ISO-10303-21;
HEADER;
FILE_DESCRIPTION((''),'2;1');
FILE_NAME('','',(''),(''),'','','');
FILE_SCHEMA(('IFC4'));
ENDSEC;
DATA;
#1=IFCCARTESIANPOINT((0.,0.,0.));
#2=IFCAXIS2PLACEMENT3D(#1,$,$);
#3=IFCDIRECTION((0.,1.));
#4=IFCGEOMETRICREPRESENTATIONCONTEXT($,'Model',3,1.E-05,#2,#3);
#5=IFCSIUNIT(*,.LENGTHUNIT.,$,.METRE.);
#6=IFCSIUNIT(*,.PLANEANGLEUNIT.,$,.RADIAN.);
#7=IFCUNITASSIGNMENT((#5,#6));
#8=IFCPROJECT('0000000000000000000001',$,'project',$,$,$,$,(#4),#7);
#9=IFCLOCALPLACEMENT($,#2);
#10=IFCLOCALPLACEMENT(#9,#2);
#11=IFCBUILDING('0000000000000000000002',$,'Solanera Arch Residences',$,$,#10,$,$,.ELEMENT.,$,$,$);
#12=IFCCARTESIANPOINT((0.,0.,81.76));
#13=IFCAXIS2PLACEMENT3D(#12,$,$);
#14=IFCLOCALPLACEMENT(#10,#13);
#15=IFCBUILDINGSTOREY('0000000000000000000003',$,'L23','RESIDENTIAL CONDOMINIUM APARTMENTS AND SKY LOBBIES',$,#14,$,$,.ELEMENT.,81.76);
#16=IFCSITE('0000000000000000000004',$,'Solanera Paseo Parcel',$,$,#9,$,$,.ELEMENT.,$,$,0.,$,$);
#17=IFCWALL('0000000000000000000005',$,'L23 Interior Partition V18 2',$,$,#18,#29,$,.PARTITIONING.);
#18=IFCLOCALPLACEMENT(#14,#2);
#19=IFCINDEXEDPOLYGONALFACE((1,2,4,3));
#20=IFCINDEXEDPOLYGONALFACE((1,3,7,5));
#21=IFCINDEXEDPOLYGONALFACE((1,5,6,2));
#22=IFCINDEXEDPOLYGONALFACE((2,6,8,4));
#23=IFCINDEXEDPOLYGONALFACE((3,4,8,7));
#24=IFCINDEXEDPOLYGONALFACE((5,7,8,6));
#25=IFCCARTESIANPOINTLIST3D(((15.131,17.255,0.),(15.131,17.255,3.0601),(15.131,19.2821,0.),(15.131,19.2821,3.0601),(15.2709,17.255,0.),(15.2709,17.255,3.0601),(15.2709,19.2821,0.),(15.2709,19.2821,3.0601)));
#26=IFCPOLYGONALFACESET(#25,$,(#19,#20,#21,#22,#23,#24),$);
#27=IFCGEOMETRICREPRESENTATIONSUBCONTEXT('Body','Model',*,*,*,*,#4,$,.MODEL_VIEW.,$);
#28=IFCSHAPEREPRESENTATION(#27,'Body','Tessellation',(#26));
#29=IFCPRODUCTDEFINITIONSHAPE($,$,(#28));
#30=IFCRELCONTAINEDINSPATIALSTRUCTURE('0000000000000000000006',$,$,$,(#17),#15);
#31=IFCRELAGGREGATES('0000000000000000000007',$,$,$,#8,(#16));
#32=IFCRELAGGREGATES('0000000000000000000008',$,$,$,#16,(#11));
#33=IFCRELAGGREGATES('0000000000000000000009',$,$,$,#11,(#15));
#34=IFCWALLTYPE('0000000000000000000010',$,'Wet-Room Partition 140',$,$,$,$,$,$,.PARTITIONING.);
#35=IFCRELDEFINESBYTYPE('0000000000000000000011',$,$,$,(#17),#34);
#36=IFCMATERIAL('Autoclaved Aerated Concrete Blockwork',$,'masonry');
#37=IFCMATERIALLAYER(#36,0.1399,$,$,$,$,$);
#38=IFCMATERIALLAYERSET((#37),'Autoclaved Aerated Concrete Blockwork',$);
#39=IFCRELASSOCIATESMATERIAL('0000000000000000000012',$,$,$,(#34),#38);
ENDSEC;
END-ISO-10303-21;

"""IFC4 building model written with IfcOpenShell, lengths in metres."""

from ifc_helpers import new_model, si_unit, direction, frame, frame_2d, origin, place, context, subcontext, project, spatial, rectangle, extrude, material, layer, layer_set, type_object, element, save


model = new_model("IFC4")

# Units and contexts
model_context = context("Model", 3, precision=1e-05, world=origin(), true_north=direction((0.0, 1.0)))
body_context = subcontext(model_context, "Body", "Model", "MODEL_VIEW")
ifc_project = project(units=[si_unit("LENGTHUNIT", "METRE"), si_unit("PLANEANGLEUNIT", "RADIAN")], contexts=[model_context])

# Site, building, storey
site_placement = place(None, origin())
site = spatial("IfcSite", under=ifc_project, at=site_placement, Name="Solanera Paseo Parcel", CompositionType="ELEMENT", RefElevation=0.0)
building_placement = place(site_placement, origin())
building = spatial("IfcBuilding", under=site, at=building_placement, Name="Solanera Arch Residences", CompositionType="ELEMENT")
storey_placement = place(building_placement, frame((0.0, 0.0, 81.76)))
storey = spatial("IfcBuildingStorey", under=building, at=storey_placement, Name="L23", Description="RESIDENTIAL CONDOMINIUM APARTMENTS AND SKY LOBBIES", CompositionType="ELEMENT", Elevation=81.76)

# Wall
ifc_material_1 = material(Name="Autoclaved Aerated Concrete Blockwork", Category="masonry")
ifc_layer_1 = layer(ifc_material_1, 0.1399)
ifc_layer_set_1 = layer_set([ifc_layer_1], Name="Autoclaved Aerated Concrete Blockwork")
wall_type_1 = type_object("IfcWallType", Name="Wet-Room Partition 140", PredefinedType="PARTITIONING", material=ifc_layer_set_1)
wall_1_placement = place(storey_placement, frame((15.2009, 17.2549, 0.0), z_axis=(0.0, 0.0, 1.0), x_axis=(0.0, 1.0, 0.0)))
element("IfcWall", 1, at=wall_1_placement, inside=storey, type_object=wall_type_1, Name="L23 Interior Partition V18 2", PredefinedType="PARTITIONING", context=body_context, shape_type="SweptSolid", body=[
    extrude(rectangle(XDim=2.0271, YDim=0.1399, at=frame_2d((1.0137, 0.0))), origin(), (0.0, 0.0, 1.0), 3.0601),
])

save(model, "model.ifc")
